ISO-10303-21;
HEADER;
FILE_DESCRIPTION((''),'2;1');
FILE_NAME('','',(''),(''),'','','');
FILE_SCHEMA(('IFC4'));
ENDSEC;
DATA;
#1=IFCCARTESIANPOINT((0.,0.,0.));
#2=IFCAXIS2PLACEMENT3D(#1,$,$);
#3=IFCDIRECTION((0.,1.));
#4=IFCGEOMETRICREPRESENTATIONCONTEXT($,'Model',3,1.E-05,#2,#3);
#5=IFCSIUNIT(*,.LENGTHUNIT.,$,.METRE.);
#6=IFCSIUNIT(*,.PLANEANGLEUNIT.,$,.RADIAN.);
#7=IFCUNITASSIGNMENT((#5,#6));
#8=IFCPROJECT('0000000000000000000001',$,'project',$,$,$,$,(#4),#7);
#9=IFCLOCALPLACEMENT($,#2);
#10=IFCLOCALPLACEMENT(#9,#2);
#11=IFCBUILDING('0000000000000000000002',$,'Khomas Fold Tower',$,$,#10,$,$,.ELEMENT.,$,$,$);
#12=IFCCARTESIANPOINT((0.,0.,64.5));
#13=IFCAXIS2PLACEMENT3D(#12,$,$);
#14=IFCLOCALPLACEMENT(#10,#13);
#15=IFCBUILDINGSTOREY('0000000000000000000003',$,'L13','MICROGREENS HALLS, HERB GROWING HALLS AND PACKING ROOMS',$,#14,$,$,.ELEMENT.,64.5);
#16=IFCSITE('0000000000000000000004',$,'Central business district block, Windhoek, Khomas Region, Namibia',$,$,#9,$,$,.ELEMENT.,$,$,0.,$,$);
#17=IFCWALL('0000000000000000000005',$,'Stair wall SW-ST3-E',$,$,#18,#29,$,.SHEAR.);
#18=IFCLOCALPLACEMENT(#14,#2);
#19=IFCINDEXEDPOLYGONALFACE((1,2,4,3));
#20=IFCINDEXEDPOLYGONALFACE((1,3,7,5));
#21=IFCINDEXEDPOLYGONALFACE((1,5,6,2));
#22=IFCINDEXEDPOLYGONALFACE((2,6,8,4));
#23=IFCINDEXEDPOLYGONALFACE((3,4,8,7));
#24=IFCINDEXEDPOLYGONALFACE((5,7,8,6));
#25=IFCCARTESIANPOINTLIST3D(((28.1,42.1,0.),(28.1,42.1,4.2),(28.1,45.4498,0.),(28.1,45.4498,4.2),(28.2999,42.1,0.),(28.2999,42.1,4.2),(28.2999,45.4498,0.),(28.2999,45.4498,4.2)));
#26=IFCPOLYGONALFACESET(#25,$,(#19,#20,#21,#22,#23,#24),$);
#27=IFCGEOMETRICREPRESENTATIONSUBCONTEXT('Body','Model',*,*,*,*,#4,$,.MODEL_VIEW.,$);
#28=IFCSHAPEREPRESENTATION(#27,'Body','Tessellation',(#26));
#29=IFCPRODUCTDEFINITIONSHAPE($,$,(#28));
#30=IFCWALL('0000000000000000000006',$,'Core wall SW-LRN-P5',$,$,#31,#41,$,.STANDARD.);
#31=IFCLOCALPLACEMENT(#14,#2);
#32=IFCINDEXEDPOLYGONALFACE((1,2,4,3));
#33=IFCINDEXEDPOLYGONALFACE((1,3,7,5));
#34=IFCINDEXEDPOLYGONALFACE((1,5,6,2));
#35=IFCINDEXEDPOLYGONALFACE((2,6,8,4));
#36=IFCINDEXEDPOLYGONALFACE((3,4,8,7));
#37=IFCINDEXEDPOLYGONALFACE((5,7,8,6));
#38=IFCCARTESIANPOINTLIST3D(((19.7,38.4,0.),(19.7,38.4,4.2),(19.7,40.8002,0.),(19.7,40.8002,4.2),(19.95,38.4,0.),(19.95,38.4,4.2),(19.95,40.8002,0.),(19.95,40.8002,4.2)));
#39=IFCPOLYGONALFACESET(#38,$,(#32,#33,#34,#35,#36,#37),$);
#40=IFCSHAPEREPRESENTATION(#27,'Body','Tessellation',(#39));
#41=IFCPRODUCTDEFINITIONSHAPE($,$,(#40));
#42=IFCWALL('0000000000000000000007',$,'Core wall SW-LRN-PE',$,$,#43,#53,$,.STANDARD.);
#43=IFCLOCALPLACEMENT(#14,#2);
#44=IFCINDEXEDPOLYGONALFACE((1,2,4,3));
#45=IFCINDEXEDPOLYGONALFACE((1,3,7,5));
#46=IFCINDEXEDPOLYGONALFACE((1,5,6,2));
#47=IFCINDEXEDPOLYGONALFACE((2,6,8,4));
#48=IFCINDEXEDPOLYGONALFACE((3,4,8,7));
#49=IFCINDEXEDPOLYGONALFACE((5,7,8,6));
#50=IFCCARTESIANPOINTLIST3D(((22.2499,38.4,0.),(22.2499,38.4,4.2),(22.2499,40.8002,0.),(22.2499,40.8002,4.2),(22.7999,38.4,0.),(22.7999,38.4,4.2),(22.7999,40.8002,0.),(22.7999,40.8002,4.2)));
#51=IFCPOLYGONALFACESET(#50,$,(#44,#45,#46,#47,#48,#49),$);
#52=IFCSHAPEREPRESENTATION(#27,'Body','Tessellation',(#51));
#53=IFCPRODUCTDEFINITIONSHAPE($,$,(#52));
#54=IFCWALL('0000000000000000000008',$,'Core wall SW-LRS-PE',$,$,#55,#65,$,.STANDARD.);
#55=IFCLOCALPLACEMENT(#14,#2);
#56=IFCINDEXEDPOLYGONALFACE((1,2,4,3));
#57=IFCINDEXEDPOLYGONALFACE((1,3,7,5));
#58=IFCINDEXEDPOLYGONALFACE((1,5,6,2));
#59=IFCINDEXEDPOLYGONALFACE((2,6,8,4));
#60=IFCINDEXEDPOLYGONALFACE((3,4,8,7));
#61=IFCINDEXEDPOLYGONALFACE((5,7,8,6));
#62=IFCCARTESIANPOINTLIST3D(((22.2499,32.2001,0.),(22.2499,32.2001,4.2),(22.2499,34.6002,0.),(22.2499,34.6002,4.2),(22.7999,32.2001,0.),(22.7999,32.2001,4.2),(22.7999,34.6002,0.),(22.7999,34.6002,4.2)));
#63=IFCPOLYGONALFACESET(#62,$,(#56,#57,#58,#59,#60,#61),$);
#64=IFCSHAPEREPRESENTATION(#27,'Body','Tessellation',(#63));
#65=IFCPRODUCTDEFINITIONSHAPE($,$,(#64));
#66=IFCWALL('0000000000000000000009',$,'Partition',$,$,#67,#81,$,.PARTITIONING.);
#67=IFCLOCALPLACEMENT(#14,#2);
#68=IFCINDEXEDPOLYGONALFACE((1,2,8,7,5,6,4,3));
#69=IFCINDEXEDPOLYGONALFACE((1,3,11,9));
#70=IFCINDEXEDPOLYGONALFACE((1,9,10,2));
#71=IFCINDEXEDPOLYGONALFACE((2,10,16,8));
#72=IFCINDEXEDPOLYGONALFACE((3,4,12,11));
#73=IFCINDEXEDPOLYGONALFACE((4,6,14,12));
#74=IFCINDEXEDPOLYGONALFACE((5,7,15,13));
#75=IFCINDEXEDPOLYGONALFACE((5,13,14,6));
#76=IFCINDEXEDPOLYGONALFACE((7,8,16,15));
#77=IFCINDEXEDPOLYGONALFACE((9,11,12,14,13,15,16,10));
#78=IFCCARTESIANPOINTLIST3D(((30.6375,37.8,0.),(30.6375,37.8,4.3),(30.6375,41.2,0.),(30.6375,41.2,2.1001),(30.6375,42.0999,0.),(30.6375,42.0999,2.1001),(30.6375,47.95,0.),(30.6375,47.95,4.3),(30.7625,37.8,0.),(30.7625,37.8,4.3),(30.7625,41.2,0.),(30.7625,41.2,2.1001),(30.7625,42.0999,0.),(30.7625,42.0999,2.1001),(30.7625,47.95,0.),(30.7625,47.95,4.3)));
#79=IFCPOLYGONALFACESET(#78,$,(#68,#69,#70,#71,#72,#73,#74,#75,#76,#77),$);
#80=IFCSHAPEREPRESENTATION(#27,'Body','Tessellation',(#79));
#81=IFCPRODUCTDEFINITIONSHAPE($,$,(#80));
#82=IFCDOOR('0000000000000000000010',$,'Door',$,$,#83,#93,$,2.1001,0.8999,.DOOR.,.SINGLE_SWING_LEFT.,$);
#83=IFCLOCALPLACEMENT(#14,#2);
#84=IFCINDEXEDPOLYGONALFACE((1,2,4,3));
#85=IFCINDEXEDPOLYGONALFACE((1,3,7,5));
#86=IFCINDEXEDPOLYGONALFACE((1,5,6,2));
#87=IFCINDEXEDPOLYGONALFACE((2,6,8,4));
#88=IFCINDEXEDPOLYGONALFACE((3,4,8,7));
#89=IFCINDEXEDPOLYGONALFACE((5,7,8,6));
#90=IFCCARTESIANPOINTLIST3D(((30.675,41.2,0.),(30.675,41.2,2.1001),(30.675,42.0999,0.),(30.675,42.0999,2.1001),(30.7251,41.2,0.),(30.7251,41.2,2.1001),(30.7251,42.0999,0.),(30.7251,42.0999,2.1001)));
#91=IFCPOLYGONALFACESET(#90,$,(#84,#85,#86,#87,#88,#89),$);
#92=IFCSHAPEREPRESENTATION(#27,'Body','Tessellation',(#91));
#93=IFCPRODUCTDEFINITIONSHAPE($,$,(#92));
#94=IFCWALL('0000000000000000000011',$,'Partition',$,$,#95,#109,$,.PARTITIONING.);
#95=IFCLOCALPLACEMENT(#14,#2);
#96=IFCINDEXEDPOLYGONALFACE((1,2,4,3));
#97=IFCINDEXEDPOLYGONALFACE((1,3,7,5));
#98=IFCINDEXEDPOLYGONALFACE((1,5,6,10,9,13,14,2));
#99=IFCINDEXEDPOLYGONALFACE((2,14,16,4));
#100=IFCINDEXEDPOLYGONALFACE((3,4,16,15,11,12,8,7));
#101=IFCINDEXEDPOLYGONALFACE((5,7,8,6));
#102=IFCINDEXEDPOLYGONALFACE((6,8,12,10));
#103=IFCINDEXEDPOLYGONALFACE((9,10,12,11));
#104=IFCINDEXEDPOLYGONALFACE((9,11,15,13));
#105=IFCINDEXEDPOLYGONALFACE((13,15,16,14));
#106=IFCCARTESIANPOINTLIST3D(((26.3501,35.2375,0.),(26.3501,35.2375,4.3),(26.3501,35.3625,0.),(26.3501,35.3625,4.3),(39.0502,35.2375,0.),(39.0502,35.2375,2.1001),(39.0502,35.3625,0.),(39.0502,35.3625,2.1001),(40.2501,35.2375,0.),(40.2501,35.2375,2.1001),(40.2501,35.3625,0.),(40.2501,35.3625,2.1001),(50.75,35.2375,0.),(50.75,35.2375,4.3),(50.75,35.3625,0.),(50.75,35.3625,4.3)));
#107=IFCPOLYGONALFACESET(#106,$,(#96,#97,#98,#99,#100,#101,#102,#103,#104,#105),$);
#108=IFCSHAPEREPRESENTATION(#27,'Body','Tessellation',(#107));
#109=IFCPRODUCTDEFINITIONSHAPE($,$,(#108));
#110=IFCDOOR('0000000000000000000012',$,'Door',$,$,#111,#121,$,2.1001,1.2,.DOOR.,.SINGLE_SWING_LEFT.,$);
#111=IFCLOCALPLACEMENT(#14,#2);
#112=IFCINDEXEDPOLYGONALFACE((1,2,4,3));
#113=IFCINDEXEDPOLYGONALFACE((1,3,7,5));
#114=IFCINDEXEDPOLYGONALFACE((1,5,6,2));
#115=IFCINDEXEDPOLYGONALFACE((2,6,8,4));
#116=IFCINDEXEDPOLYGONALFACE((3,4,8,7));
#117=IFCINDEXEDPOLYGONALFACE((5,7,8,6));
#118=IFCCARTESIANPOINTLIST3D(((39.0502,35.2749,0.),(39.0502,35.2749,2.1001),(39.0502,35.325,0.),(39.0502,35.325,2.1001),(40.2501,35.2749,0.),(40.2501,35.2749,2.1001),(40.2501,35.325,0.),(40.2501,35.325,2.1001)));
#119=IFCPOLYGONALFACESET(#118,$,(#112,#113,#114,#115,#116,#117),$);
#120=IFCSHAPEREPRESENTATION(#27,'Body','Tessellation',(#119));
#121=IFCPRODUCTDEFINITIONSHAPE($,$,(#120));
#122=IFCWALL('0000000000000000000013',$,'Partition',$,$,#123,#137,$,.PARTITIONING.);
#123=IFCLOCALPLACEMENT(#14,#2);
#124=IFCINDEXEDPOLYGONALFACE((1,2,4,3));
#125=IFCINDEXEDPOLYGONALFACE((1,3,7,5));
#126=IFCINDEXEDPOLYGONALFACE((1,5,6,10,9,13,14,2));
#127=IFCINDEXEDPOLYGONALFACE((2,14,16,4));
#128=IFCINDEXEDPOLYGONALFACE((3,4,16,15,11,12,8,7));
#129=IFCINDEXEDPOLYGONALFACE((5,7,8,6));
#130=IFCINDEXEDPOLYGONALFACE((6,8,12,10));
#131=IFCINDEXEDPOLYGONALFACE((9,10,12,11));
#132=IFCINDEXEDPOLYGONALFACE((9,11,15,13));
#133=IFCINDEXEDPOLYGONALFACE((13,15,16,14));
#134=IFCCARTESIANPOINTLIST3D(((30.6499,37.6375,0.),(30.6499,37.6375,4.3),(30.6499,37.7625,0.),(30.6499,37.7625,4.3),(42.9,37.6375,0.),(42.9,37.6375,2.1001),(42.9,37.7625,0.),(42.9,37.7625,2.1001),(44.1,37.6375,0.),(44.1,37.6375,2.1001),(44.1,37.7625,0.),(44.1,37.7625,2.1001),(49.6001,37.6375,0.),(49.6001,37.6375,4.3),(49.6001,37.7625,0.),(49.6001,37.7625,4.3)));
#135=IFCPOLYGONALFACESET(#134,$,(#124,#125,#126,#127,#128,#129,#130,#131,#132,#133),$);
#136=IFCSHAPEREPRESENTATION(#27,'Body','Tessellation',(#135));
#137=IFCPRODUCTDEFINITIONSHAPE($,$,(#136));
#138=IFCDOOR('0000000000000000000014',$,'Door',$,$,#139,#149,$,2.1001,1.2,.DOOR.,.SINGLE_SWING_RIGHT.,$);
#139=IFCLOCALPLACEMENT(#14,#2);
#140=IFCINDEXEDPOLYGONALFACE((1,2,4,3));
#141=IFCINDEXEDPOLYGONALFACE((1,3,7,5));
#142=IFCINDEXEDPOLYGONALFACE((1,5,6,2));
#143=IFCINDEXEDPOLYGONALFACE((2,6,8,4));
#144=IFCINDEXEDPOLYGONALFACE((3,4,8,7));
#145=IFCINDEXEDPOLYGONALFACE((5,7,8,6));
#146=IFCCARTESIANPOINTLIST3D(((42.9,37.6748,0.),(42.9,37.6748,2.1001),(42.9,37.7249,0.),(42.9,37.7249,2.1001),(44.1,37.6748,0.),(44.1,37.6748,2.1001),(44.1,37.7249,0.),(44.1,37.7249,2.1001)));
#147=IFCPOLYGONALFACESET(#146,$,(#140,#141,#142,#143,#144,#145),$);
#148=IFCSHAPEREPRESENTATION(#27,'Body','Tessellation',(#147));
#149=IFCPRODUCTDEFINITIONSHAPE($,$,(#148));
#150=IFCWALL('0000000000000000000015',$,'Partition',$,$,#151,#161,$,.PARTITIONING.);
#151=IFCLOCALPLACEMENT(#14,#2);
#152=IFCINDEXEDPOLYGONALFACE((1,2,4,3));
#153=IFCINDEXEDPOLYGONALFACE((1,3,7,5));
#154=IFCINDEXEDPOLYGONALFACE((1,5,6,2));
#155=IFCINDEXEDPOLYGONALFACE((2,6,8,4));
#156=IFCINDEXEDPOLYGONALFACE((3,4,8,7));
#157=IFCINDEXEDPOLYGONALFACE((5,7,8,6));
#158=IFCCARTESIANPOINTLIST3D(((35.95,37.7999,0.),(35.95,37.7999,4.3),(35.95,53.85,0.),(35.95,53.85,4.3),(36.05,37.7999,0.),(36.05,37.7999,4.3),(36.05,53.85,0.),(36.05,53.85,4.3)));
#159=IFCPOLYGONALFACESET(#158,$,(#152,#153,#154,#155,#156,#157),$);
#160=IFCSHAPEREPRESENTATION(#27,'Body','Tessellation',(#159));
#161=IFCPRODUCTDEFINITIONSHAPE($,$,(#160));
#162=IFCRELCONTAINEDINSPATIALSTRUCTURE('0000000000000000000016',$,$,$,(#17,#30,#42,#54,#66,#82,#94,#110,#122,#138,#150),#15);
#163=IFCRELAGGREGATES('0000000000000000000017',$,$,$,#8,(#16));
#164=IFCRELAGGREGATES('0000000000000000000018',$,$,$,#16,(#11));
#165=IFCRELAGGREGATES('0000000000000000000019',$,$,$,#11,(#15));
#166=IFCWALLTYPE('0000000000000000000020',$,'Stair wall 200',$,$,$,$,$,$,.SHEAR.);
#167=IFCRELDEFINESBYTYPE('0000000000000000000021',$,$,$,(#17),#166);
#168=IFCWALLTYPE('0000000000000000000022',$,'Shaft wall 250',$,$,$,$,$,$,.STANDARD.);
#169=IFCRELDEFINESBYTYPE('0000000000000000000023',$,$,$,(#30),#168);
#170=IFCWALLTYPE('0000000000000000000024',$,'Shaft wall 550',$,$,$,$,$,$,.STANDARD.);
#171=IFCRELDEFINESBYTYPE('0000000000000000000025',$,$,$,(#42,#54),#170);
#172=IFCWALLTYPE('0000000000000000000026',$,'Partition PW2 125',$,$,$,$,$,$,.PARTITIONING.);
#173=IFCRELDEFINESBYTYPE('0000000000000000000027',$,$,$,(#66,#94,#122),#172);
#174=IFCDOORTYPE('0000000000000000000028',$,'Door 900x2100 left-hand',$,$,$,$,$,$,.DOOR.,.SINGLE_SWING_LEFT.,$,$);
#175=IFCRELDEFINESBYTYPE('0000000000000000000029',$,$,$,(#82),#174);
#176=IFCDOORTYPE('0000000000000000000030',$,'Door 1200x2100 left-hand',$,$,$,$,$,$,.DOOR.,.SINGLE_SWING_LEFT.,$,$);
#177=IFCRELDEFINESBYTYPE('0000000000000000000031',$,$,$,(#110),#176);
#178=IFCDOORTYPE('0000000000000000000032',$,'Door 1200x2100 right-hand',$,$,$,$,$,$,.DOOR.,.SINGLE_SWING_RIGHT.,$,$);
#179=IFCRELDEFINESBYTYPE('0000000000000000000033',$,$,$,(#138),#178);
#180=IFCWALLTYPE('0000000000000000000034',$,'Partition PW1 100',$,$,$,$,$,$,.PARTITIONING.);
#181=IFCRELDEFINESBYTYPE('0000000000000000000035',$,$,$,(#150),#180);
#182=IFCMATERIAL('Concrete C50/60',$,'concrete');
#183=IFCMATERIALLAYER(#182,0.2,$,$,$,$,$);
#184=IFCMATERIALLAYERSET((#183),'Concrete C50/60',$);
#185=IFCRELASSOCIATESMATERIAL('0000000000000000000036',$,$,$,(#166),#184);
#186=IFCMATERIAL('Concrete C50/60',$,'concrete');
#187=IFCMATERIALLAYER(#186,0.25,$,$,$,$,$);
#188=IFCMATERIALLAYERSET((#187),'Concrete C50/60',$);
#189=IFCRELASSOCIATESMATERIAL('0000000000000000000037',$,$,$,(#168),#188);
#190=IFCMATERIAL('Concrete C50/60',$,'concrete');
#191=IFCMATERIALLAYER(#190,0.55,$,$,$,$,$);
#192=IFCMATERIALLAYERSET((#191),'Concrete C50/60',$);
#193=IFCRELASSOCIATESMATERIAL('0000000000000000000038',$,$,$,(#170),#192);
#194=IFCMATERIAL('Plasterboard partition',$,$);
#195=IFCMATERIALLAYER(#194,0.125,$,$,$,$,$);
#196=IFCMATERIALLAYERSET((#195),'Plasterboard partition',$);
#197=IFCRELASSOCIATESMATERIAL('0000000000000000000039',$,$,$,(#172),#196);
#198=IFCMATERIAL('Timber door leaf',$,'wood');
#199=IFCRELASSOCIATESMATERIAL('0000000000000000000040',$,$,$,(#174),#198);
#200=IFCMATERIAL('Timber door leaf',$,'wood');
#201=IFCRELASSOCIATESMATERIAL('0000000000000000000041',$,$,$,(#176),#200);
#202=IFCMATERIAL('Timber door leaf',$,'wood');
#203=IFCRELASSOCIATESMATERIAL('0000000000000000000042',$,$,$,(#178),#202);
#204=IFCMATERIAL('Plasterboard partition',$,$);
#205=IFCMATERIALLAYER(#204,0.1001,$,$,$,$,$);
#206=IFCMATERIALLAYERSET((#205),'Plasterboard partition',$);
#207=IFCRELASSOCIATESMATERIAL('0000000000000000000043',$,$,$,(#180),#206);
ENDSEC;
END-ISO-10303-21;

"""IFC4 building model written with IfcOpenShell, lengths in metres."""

from ifc_helpers import new_model, si_unit, direction, frame, frame_2d, origin, place, context, subcontext, project, spatial, rectangle, extrude, source, transform, mapped, material, layer, layer_set, type_object, element, fill, save


model = new_model("IFC4")

# Units and contexts
model_context = context("Model", 3, precision=1e-05, world=origin(), true_north=direction((0.0, 1.0)))
body_context = subcontext(model_context, "Body", "Model", "MODEL_VIEW")
ifc_project = project(units=[si_unit("LENGTHUNIT", "METRE"), si_unit("PLANEANGLEUNIT", "RADIAN")], contexts=[model_context])

# Site, building, storey
site_placement = place(None, origin())
site = spatial("IfcSite", under=ifc_project, at=site_placement, Name="Central business district block, Windhoek, Khomas Region, Namibia", CompositionType="ELEMENT", RefElevation=0.0)
building_placement = place(site_placement, origin())
building = spatial("IfcBuilding", under=site, at=building_placement, Name="Khomas Fold Tower", CompositionType="ELEMENT")
storey_placement = place(building_placement, frame((0.0, 0.0, 64.5)))
storey = spatial("IfcBuildingStorey", under=building, at=storey_placement, Name="L13", Description="MICROGREENS HALLS, HERB GROWING HALLS AND PACKING ROOMS", CompositionType="ELEMENT", Elevation=64.5)

# Walls
ifc_material_1 = material(Name="Concrete C50/60", Category="concrete")
ifc_layer_1 = layer(ifc_material_1, 0.2)
ifc_layer_set_1 = layer_set([ifc_layer_1], Name="Concrete C50/60")
wall_type_1 = type_object("IfcWallType", Name="Stair wall 200", PredefinedType="SHEAR", material=ifc_layer_set_1)
shared_shape_1 = source(origin(), body_context, "Body", "SweptSolid", [
    extrude(rectangle(XDim=3.3499, YDim=0.2, at=frame_2d((1.6748, 0.0))), origin(), (0.0, 0.0, 1.0), 4.2),
])
wall_1_placement = place(storey_placement, frame((28.2, 42.1001, 0.0), z_axis=(0.0, 0.0, 1.0), x_axis=(0.0, 1.0, 0.0)))
element("IfcWall", 1, at=wall_1_placement, inside=storey, type_object=wall_type_1, Name="Stair wall SW-ST3-E", PredefinedType="SHEAR", context=body_context, shape_type="MappedRepresentation", body=[
    mapped(shared_shape_1, transform((0.0, 0.0, 0.0))),
])
ifc_material_2 = material(Name="Concrete C50/60", Category="concrete")
ifc_layer_2 = layer(ifc_material_2, 0.25)
ifc_layer_set_2 = layer_set([ifc_layer_2], Name="Concrete C50/60")
wall_type_2 = type_object("IfcWallType", Name="Shaft wall 250", PredefinedType="STANDARD", material=ifc_layer_set_2)
shared_shape_2 = source(origin(), body_context, "Body", "SweptSolid", [
    extrude(rectangle(XDim=2.4001, YDim=0.25, at=frame_2d((1.2002, 0.0))), origin(), (0.0, 0.0, 1.0), 4.2),
])
wall_2_placement = place(storey_placement, frame((19.825, 38.3999, 0.0), z_axis=(0.0, 0.0, 1.0), x_axis=(0.0, 1.0, 0.0)))
element("IfcWall", 2, at=wall_2_placement, inside=storey, type_object=wall_type_2, Name="Core wall SW-LRN-P5", PredefinedType="STANDARD", context=body_context, shape_type="MappedRepresentation", body=[
    mapped(shared_shape_2, transform((0.0, 0.0, 0.0))),
])
ifc_material_3 = material(Name="Concrete C50/60", Category="concrete")
ifc_layer_3 = layer(ifc_material_3, 0.55)
ifc_layer_set_3 = layer_set([ifc_layer_3], Name="Concrete C50/60")
wall_type_3 = type_object("IfcWallType", Name="Shaft wall 550", PredefinedType="STANDARD", material=ifc_layer_set_3)
shared_shape_3 = source(origin(), body_context, "Body", "SweptSolid", [
    extrude(rectangle(XDim=2.4001, YDim=0.55, at=frame_2d((1.2002, 0.0))), origin(), (0.0, 0.0, 1.0), 4.2),
])
for number, where, z_axis, x_axis, name in (
    (3, (22.5249, 38.3999, 0.0), (0.0, 0.0, 1.0), (0.0, 1.0, 0.0), "Core wall SW-LRN-PE"),
    (4, (22.5249, 32.2, 0.0), (0.0, 0.0, 1.0), (0.0, 1.0, 0.0), "Core wall SW-LRS-PE"),
):
    element("IfcWall", number, at=place(storey_placement, frame(where, z_axis=z_axis, x_axis=x_axis)), inside=storey, type_object=wall_type_3, Name=name, PredefinedType="STANDARD", context=body_context, shape_type="MappedRepresentation", body=[
        mapped(shared_shape_3, transform((0.0, 0.0, 0.0))),
    ])

# Walls, openings, doors
ifc_material_4 = material(Name="Plasterboard partition")
ifc_layer_4 = layer(ifc_material_4, 0.125)
ifc_layer_set_4 = layer_set([ifc_layer_4], Name="Plasterboard partition")
wall_type_4 = type_object("IfcWallType", Name="Partition PW2 125", PredefinedType="PARTITIONING", material=ifc_layer_set_4)
shared_shape_4 = source(origin(), body_context, "Body", "SweptSolid", [
    extrude(rectangle(XDim=10.1499, YDim=0.125, at=frame_2d((5.075, 0.0))), origin(), (0.0, 0.0, 1.0), 4.3),
])
wall_3_placement = place(storey_placement, frame((30.7, 37.8, 0.0), z_axis=(0.0, 0.0, 1.0), x_axis=(0.0, 1.0, 0.0)))
wall_3 = element("IfcWall", 5, at=wall_3_placement, inside=storey, type_object=wall_type_4, Name="Partition", PredefinedType="PARTITIONING", context=body_context, shape_type="MappedRepresentation", body=[
    mapped(shared_shape_4, transform((0.0, 0.0, 0.0))),
])
shared_shape_5 = source(origin(), body_context, "Body", "SweptSolid", [
    extrude(rectangle(XDim=0.8999, YDim=2.1001, at=frame_2d((0.45, 1.05))), frame((0.0, 0.0725, 0.0), z_axis=(0.0, -1.0, 0.0), x_axis=(1.0, 0.0, 0.0)), (0.0, 0.0, 1.0), 0.145),
])
opening_1_placement = place(wall_3_placement, frame((3.3999, 0.0, 0.0)))
opening_1 = element("IfcOpeningElement", 6, at=opening_1_placement, cuts=wall_3, PredefinedType="OPENING", context=body_context, shape_type="MappedRepresentation", body=[
    mapped(shared_shape_5, transform((0.0, 0.0, 0.0))),
])
ifc_material_5 = material(Name="Timber door leaf", Category="wood")
door_type_1 = type_object("IfcDoorType", Name="Door 900x2100 left-hand", OperationType="SINGLE_SWING_LEFT", PredefinedType="DOOR", material=ifc_material_5)
shared_shape_6 = source(origin(), body_context, "Body", "SweptSolid", [
    extrude(rectangle(XDim=0.8999, YDim=2.1001, at=frame_2d((0.45, 1.05))), frame((0.0, 0.0249, 0.0), z_axis=(0.0, -1.0, 0.0), x_axis=(1.0, 0.0, 0.0)), (0.0, 0.0, 1.0), 0.05),
])
door_1_placement = place(opening_1_placement, origin())
door_1 = element("IfcDoor", 7, at=door_1_placement, inside=storey, type_object=door_type_1, Name="Door", OperationType="SINGLE_SWING_LEFT", OverallHeight=2.1001, OverallWidth=0.8999, PredefinedType="DOOR", context=body_context, shape_type="MappedRepresentation", body=[
    mapped(shared_shape_6, transform((0.0, 0.0, 0.0))),
])
fill(opening_1, door_1)
shared_shape_7 = source(origin(), body_context, "Body", "SweptSolid", [
    extrude(rectangle(XDim=24.3999, YDim=0.125, at=frame_2d((12.2, 0.0))), origin(), (0.0, 0.0, 1.0), 4.3),
])
wall_4_placement = place(storey_placement, frame((26.3501, 35.3, 0.0), z_axis=(0.0, 0.0, 1.0), x_axis=(1.0, 0.0, 0.0)))
wall_4 = element("IfcWall", 8, at=wall_4_placement, inside=storey, type_object=wall_type_4, Name="Partition", PredefinedType="PARTITIONING", context=body_context, shape_type="MappedRepresentation", body=[
    mapped(shared_shape_7, transform((0.0, 0.0, 0.0))),
])
shared_shape_8 = source(origin(), body_context, "Body", "SweptSolid", [
    extrude(rectangle(XDim=1.2, YDim=2.1001, at=frame_2d((0.6001, 1.05))), frame((0.0, 0.0725, 0.0), z_axis=(0.0, -1.0, 0.0), x_axis=(1.0, 0.0, 0.0)), (0.0, 0.0, 1.0), 0.145),
])
opening_2_placement = place(wall_4_placement, frame((12.7, 0.0, 0.0)))
opening_2 = element("IfcOpeningElement", 9, at=opening_2_placement, cuts=wall_4, PredefinedType="OPENING", context=body_context, shape_type="MappedRepresentation", body=[
    mapped(shared_shape_8, transform((0.0, 0.0, 0.0))),
])
ifc_material_6 = material(Name="Timber door leaf", Category="wood")
door_type_2 = type_object("IfcDoorType", Name="Door 1200x2100 left-hand", OperationType="SINGLE_SWING_LEFT", PredefinedType="DOOR", material=ifc_material_6)
shared_shape_9 = source(origin(), body_context, "Body", "SweptSolid", [
    extrude(rectangle(XDim=1.2, YDim=2.1001, at=frame_2d((0.6001, 1.05))), frame((0.0, 0.0249, 0.0), z_axis=(0.0, -1.0, 0.0), x_axis=(1.0, 0.0, 0.0)), (0.0, 0.0, 1.0), 0.05),
])
door_2_placement = place(opening_2_placement, origin())
door_2 = element("IfcDoor", 10, at=door_2_placement, inside=storey, type_object=door_type_2, Name="Door", OperationType="SINGLE_SWING_LEFT", OverallHeight=2.1001, OverallWidth=1.2, PredefinedType="DOOR", context=body_context, shape_type="MappedRepresentation", body=[
    mapped(shared_shape_9, transform((0.0, 0.0, 0.0))),
])
fill(opening_2, door_2)
shared_shape_10 = source(origin(), body_context, "Body", "SweptSolid", [
    extrude(rectangle(XDim=18.9502, YDim=0.125, at=frame_2d((9.4751, 0.0))), origin(), (0.0, 0.0, 1.0), 4.3),
])
wall_5_placement = place(storey_placement, frame((30.6499, 37.7, 0.0), z_axis=(0.0, 0.0, 1.0), x_axis=(1.0, 0.0, 0.0)))
wall_5 = element("IfcWall", 11, at=wall_5_placement, inside=storey, type_object=wall_type_4, Name="Partition", PredefinedType="PARTITIONING", context=body_context, shape_type="MappedRepresentation", body=[
    mapped(shared_shape_10, transform((0.0, 0.0, 0.0))),
])
opening_3_placement = place(wall_5_placement, frame((12.25, 0.0, 0.0)))
opening_3 = element("IfcOpeningElement", 12, at=opening_3_placement, cuts=wall_5, PredefinedType="OPENING", context=body_context, shape_type="MappedRepresentation", body=[
    mapped(shared_shape_8, transform((0.0, 0.0, 0.0))),
])
ifc_material_7 = material(Name="Timber door leaf", Category="wood")
door_type_3 = type_object("IfcDoorType", Name="Door 1200x2100 right-hand", OperationType="SINGLE_SWING_RIGHT", PredefinedType="DOOR", material=ifc_material_7)
door_3_placement = place(opening_3_placement, origin())
door_3 = element("IfcDoor", 13, at=door_3_placement, inside=storey, type_object=door_type_3, Name="Door", OperationType="SINGLE_SWING_RIGHT", OverallHeight=2.1001, OverallWidth=1.2, PredefinedType="DOOR", context=body_context, shape_type="MappedRepresentation", body=[
    mapped(shared_shape_9, transform((0.0, 0.0, 0.0))),
])
fill(opening_3, door_3)

# Wall
ifc_material_8 = material(Name="Plasterboard partition")
ifc_layer_5 = layer(ifc_material_8, 0.1001)
ifc_layer_set_5 = layer_set([ifc_layer_5], Name="Plasterboard partition")
wall_type_5 = type_object("IfcWallType", Name="Partition PW1 100", PredefinedType="PARTITIONING", material=ifc_layer_set_5)
shared_shape_11 = source(origin(), body_context, "Body", "SweptSolid", [
    extrude(rectangle(XDim=16.05, YDim=0.1001, at=frame_2d((8.0249, 0.0))), origin(), (0.0, 0.0, 1.0), 4.3),
])
wall_6_placement = place(storey_placement, frame((36.0, 37.8, 0.0), z_axis=(0.0, 0.0, 1.0), x_axis=(0.0, 1.0, 0.0)))
element("IfcWall", 14, at=wall_6_placement, inside=storey, type_object=wall_type_5, Name="Partition", PredefinedType="PARTITIONING", context=body_context, shape_type="MappedRepresentation", body=[
    mapped(shared_shape_11, transform((0.0, 0.0, 0.0))),
])

save(model, "model.ifc")
